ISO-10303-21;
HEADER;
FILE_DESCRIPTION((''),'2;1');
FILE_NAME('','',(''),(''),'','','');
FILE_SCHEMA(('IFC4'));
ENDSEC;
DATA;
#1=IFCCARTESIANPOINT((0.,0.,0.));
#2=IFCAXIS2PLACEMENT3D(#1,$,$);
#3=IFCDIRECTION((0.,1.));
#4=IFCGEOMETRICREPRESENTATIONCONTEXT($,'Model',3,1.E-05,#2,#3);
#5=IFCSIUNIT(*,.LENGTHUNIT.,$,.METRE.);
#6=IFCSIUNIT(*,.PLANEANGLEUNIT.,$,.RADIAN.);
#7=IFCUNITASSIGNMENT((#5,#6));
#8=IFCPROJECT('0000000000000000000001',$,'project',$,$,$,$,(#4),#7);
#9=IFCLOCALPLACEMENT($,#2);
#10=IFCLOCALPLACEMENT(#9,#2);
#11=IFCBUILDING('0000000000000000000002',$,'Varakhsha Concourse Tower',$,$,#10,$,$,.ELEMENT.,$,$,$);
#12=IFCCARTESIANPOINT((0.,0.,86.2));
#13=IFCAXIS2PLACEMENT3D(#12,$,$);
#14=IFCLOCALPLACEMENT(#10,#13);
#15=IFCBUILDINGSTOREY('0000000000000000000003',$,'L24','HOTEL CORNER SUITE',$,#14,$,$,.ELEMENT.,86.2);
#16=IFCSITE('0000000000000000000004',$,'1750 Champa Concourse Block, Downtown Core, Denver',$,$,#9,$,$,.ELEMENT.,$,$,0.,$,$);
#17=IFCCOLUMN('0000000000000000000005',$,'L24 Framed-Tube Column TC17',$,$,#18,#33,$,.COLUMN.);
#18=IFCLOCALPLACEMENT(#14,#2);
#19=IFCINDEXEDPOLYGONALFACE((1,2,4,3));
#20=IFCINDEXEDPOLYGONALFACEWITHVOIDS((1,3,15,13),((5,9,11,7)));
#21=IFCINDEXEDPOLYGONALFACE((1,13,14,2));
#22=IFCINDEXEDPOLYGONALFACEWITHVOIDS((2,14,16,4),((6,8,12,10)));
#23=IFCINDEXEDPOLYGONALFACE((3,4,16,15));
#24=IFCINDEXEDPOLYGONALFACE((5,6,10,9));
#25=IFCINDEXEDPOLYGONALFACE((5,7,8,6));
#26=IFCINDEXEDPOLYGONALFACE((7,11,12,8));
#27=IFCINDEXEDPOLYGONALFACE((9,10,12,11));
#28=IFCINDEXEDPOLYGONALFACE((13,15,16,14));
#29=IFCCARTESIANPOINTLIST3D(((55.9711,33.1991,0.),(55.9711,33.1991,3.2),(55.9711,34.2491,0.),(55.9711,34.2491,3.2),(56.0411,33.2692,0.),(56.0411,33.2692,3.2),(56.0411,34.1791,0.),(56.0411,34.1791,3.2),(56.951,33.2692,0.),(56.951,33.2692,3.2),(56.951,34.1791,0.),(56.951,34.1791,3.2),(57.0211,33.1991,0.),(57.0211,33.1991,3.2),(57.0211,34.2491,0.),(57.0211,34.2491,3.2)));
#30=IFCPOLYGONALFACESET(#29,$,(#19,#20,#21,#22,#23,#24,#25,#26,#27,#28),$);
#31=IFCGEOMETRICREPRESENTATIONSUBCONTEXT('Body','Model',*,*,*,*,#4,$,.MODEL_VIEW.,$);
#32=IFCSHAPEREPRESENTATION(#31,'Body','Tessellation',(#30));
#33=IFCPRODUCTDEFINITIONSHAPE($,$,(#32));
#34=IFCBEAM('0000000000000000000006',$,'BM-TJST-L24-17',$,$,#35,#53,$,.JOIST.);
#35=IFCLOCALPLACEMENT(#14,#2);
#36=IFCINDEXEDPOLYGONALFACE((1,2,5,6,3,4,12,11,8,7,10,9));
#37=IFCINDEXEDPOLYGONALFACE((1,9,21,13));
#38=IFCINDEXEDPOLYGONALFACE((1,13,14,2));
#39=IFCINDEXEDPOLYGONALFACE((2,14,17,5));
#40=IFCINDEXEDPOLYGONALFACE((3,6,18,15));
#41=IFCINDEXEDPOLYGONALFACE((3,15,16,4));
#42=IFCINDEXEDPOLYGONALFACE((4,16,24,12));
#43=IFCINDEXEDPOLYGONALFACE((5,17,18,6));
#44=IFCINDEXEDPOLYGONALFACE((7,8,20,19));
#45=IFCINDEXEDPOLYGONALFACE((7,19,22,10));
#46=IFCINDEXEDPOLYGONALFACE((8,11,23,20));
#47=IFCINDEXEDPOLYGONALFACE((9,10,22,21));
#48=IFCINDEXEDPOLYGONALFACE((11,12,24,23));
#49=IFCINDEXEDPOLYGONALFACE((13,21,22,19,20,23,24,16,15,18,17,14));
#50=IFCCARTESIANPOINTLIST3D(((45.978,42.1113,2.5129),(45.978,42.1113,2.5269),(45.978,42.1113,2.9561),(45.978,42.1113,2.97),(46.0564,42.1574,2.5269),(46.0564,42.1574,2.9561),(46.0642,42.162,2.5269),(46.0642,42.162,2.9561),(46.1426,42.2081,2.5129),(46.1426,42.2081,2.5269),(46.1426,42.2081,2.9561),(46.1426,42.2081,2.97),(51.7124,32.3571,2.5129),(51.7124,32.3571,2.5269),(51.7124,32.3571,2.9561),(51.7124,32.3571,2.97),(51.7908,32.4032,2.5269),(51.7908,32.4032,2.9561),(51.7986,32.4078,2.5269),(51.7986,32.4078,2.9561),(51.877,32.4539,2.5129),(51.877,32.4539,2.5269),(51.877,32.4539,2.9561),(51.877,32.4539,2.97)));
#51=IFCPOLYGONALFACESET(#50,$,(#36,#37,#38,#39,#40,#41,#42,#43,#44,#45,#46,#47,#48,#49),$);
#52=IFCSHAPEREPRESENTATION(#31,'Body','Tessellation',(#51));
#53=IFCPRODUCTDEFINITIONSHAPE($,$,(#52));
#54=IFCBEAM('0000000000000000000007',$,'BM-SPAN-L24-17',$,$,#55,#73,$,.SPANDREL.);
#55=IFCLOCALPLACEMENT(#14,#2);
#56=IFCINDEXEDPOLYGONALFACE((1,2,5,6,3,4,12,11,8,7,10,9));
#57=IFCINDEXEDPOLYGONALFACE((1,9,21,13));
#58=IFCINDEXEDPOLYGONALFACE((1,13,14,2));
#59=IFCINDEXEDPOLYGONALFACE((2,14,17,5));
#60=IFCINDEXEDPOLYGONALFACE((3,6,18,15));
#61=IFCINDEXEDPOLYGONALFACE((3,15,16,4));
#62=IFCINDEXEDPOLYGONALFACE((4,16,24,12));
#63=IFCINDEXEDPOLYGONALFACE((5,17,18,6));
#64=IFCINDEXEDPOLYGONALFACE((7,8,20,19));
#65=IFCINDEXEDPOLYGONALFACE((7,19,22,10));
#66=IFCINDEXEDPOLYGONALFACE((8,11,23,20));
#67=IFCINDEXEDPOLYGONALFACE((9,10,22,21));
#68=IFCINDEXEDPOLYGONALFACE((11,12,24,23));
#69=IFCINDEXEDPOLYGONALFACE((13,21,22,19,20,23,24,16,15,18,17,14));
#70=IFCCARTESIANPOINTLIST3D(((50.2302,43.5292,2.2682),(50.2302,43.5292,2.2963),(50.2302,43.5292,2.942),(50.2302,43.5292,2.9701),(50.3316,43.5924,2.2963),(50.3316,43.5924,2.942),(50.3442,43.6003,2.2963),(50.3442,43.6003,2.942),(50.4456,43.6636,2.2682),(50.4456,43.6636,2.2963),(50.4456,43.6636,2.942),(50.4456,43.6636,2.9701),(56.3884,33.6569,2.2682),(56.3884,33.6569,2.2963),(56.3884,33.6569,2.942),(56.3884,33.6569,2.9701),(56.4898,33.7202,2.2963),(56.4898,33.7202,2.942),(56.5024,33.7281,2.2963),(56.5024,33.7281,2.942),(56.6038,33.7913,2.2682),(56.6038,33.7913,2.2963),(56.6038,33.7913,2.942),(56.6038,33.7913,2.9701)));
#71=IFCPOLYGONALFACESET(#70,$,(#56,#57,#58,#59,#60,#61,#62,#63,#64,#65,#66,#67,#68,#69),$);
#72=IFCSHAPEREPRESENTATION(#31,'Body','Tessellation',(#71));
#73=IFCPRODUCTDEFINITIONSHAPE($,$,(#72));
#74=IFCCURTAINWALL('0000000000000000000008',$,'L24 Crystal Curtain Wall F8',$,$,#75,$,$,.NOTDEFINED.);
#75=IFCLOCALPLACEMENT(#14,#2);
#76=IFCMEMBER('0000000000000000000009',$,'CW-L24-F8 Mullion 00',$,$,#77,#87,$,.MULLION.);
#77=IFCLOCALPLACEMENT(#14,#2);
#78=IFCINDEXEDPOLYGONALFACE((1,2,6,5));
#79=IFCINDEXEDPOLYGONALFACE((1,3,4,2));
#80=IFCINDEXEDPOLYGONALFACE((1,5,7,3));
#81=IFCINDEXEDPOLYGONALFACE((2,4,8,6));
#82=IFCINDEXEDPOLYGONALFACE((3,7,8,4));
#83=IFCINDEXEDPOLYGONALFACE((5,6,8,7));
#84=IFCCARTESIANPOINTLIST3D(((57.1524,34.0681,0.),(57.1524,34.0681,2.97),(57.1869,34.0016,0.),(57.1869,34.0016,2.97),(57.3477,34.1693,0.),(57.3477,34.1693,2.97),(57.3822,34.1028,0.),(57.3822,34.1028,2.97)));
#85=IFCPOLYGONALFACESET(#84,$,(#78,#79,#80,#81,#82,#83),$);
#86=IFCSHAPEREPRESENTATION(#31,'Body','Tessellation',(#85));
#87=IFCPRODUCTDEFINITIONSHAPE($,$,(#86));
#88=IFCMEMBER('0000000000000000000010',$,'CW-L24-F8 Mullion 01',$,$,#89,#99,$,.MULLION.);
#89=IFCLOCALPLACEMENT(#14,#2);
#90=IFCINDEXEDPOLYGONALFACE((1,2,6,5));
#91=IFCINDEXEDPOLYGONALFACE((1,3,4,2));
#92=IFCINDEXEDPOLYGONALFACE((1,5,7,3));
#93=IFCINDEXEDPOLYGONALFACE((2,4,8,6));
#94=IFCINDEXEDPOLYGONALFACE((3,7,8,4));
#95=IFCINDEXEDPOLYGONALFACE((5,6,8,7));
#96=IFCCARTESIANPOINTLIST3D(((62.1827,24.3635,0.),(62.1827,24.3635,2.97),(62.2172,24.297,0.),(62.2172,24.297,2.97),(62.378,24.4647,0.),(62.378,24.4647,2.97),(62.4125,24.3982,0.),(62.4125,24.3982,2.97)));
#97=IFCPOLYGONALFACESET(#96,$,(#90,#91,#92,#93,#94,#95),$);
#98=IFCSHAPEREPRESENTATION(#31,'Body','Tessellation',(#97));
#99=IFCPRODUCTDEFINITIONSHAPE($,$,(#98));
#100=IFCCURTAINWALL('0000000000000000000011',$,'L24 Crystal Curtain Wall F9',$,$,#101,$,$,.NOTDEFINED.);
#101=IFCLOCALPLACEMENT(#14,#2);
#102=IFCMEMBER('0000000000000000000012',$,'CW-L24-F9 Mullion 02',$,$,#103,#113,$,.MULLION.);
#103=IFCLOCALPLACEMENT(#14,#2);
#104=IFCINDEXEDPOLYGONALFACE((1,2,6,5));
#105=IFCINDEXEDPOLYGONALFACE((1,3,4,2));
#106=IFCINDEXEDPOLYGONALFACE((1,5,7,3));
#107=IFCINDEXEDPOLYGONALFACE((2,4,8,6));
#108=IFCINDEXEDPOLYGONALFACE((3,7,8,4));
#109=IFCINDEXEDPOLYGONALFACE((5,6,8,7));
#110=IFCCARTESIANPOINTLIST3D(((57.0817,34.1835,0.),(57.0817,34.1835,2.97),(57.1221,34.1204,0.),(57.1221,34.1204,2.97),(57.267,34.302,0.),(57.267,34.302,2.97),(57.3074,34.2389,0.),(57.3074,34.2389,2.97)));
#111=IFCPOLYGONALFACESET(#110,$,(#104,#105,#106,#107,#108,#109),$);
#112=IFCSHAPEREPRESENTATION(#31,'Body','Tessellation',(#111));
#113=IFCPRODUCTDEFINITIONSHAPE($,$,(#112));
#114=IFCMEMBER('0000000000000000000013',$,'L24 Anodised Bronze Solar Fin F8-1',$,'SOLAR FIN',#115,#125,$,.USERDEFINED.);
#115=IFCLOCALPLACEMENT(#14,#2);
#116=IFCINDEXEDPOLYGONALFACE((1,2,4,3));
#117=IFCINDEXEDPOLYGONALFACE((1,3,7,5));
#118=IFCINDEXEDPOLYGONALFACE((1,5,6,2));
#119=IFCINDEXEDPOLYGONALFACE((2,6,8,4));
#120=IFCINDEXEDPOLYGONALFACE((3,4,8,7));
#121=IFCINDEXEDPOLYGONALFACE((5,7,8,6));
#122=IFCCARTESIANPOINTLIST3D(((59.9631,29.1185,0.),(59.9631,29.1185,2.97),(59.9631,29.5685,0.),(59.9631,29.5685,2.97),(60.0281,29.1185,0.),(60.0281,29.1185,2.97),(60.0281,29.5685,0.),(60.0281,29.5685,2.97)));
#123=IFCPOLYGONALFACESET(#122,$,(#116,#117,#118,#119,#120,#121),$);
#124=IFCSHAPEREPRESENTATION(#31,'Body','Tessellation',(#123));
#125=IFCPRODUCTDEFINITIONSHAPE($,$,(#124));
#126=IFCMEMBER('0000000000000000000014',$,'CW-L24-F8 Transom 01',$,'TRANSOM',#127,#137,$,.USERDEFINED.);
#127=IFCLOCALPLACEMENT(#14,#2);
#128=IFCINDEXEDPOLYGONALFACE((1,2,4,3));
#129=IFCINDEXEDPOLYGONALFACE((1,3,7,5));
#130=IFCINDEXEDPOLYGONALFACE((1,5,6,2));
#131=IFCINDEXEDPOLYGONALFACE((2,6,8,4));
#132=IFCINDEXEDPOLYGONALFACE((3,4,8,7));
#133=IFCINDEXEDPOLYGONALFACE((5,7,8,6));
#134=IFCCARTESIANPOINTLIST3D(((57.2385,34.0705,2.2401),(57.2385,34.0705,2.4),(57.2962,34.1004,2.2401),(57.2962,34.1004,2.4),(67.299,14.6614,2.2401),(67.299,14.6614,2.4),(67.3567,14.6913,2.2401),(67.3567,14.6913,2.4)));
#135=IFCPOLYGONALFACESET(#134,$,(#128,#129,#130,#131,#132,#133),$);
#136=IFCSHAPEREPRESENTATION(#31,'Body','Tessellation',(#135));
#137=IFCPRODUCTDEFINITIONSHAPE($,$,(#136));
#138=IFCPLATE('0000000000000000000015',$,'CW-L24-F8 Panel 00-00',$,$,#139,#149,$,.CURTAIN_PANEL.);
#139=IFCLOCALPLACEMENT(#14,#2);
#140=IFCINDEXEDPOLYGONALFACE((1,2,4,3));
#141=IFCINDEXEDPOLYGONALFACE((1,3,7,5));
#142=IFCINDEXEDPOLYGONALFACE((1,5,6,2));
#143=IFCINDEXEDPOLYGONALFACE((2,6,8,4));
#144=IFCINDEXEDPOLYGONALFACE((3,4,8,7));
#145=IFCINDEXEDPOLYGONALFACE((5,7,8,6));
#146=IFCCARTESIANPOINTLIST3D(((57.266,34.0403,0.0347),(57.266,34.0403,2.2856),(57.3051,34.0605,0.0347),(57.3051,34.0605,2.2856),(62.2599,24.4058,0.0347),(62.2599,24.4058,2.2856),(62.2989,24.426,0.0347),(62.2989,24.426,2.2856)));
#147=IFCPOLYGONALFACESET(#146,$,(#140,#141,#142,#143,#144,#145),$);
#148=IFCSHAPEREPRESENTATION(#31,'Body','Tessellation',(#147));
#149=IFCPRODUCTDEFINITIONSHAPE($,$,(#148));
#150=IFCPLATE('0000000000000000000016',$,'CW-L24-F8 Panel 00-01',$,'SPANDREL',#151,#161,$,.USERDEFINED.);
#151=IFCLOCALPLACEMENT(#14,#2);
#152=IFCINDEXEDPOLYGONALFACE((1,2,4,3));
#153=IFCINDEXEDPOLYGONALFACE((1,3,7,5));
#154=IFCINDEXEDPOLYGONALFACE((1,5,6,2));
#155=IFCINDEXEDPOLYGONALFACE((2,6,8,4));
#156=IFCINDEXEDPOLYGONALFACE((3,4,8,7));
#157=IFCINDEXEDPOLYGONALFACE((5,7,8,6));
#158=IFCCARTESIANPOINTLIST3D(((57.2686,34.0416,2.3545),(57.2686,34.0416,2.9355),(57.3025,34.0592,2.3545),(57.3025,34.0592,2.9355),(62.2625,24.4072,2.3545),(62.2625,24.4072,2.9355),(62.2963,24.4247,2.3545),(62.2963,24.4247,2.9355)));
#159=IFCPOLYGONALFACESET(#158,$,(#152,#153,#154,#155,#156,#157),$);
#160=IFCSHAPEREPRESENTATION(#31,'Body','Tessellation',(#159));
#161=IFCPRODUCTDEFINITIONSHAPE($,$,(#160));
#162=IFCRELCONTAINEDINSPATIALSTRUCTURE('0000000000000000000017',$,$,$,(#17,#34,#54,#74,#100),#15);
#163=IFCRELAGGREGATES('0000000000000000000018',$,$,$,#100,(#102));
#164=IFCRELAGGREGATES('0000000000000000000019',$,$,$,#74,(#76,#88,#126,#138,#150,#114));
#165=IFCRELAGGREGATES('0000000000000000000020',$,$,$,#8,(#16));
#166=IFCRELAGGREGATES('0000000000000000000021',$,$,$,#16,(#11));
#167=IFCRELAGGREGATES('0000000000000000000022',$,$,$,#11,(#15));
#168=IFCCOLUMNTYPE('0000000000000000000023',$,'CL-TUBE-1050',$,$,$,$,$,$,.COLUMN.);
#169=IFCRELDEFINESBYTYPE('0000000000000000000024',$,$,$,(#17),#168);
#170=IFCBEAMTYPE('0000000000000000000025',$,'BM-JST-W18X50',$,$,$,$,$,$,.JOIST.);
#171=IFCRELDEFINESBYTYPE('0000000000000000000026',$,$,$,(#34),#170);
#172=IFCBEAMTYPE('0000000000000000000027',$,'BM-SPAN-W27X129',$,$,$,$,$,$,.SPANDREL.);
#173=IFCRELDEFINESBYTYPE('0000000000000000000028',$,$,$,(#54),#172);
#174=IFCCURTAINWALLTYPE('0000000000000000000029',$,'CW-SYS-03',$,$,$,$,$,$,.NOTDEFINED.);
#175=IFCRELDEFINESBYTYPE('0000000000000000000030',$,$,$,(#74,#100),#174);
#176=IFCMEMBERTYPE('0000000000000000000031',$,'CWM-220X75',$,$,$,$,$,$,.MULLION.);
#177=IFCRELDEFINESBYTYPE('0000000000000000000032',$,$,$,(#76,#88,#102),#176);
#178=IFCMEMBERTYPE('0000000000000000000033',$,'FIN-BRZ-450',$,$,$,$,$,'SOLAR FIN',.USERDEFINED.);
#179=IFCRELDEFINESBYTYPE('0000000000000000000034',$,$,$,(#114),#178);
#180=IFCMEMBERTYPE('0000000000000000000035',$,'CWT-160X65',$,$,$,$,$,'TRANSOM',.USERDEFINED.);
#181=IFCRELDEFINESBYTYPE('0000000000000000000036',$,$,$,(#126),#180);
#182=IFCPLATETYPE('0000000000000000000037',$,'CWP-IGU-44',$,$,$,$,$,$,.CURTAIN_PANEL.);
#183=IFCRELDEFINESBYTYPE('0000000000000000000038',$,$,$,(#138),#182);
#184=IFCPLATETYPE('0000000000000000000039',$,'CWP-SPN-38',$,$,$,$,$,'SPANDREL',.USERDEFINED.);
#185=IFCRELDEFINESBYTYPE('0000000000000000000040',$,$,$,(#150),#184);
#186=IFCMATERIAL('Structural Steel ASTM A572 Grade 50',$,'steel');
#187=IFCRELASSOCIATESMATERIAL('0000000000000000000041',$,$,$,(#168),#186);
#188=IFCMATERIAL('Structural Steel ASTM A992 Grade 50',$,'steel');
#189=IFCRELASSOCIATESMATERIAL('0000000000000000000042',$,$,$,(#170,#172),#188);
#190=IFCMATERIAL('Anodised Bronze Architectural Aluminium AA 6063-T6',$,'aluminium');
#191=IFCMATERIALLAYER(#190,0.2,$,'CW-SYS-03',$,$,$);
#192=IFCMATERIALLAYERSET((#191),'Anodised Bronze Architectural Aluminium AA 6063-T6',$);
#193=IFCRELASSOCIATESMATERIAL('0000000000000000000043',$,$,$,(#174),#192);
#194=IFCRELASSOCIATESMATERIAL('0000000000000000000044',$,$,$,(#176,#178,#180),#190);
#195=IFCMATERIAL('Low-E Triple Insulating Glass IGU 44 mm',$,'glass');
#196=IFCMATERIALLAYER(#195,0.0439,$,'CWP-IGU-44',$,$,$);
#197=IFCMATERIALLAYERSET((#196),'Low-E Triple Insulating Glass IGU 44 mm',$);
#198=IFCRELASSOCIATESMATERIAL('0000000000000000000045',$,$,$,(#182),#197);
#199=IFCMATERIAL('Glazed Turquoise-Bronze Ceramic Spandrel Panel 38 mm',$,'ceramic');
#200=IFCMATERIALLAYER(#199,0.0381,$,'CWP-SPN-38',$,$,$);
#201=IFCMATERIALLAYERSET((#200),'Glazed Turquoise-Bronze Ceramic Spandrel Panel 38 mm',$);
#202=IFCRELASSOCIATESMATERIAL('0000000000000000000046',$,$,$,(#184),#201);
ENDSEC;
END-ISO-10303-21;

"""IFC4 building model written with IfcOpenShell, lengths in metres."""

from ifc_helpers import new_model, si_unit, direction, frame, origin, origin_2d, place, context, subcontext, project, spatial, rectangle, hollow_rectangle, i_section, extrude, source, transform, mapped, material, layer, layer_set, material_profile, profile_set, type_object, type_shapes, element, aggregate, save


model = new_model("IFC4")

# Units and contexts
model_context = context("Model", 3, precision=1e-05, world=origin(), true_north=direction((0.0, 1.0)))
body_context = subcontext(model_context, "Body", "Model", "MODEL_VIEW")
ifc_project = project(units=[si_unit("LENGTHUNIT", "METRE"), si_unit("PLANEANGLEUNIT", "RADIAN")], contexts=[model_context])

# Site, building, storey
site_placement = place(None, origin())
site = spatial("IfcSite", under=ifc_project, at=site_placement, Name="1750 Champa Concourse Block, Downtown Core, Denver", CompositionType="ELEMENT", RefElevation=0.0)
building_placement = place(site_placement, origin())
building = spatial("IfcBuilding", under=site, at=building_placement, Name="Varakhsha Concourse Tower", CompositionType="ELEMENT")
storey_placement = place(building_placement, frame((0.0, 0.0, 86.2)))
storey = spatial("IfcBuildingStorey", under=building, at=storey_placement, Name="L24", Description="HOTEL CORNER SUITE", CompositionType="ELEMENT", Elevation=86.2)

# Column
ifc_material_1 = material(Name="Structural Steel ASTM A572 Grade 50", Category="steel")
ifc_material_profile_1 = material_profile(ifc_material_1, hollow_rectangle(XDim=1.05, YDim=1.05, WallThickness=0.0701, at=origin_2d()), Name="BOX 1050x1050x70")
ifc_profile_set_1 = profile_set([ifc_material_profile_1], Name="Structural Steel ASTM A572 Grade 50")
column_type = type_object("IfcColumnType", Name="CL-TUBE-1050", PredefinedType="COLUMN", material=ifc_profile_set_1)
column_placement = place(storey_placement, frame((56.4961, 33.7241, 0.0), z_axis=(0.0, 0.0, 1.0), x_axis=(1.0, 0.0, 0.0)))
element("IfcColumn", 1, at=column_placement, inside=storey, type_object=column_type, Name="L24 Framed-Tube Column TC17", PredefinedType="COLUMN", context=body_context, shape_type="SweptSolid", body=[
    extrude(hollow_rectangle(XDim=1.05, YDim=1.05, WallThickness=0.0701, at=origin_2d()), origin(), (0.0, 0.0, 1.0), 3.2),
])

# Beams
ifc_material_2 = material(Name="Structural Steel ASTM A992 Grade 50", Category="steel")
ifc_material_profile_2 = material_profile(ifc_material_2, i_section(OverallWidth=0.1909, OverallDepth=0.457, WebThickness=0.009, FlangeThickness=0.0139, at=origin_2d()), Name="W18X50")
ifc_profile_set_2 = profile_set([ifc_material_profile_2], Name="Structural Steel ASTM A992 Grade 50")
beam_type_1 = type_object("IfcBeamType", Name="BM-JST-W18X50", PredefinedType="JOIST", material=ifc_profile_set_2)
beam_1_placement = place(storey_placement, frame((51.7947, 32.4055, 2.7415), z_axis=(-0.506799, 0.862064, 0.0), x_axis=(-0.862064, -0.506799, 0.0)))
element("IfcBeam", 2, at=beam_1_placement, inside=storey, type_object=beam_type_1, Name="BM-TJST-L24-17", PredefinedType="JOIST", context=body_context, shape_type="SweptSolid", body=[
    extrude(i_section(OverallWidth=0.1909, OverallDepth=0.457, WebThickness=0.009, FlangeThickness=0.0139, at=origin_2d()), origin(), (0.0, 0.0, 1.0), 11.3149),
])
ifc_material_profile_3 = material_profile(ifc_material_2, i_section(OverallWidth=0.2539, OverallDepth=0.7019, WebThickness=0.0149, FlangeThickness=0.0281, at=origin_2d()), Name="W27X129")
ifc_profile_set_3 = profile_set([ifc_material_profile_3], Name="Structural Steel ASTM A992 Grade 50")
beam_type_2 = type_object("IfcBeamType", Name="BM-SPAN-W27X129", PredefinedType="SPANDREL", material=ifc_profile_set_3)
beam_2_placement = place(storey_placement, frame((56.4961, 33.7241, 2.6191), z_axis=(-0.529258, 0.848461, 0.0), x_axis=(-0.848461, -0.529258, 0.0)))
element("IfcBeam", 3, at=beam_2_placement, inside=storey, type_object=beam_type_2, Name="BM-SPAN-L24-17", PredefinedType="SPANDREL", context=body_context, shape_type="SweptSolid", body=[
    extrude(i_section(OverallWidth=0.2539, OverallDepth=0.7019, WebThickness=0.0149, FlangeThickness=0.0281, at=origin_2d()), origin(), (0.0, 0.0, 1.0), 11.6355),
])

# Curtain wall, members
ifc_material_3 = material(Name="Anodised Bronze Architectural Aluminium AA 6063-T6", Category="aluminium")
ifc_layer_1 = layer(ifc_material_3, 0.2, Name="CW-SYS-03")
ifc_layer_set_1 = layer_set([ifc_layer_1], Name="Anodised Bronze Architectural Aluminium AA 6063-T6")
curtain_wall_type = type_object("IfcCurtainWallType", Name="CW-SYS-03", PredefinedType="NOTDEFINED", material=ifc_layer_set_1)
curtain_wall_1_placement = place(storey_placement, origin())
curtain_wall_1 = element("IfcCurtainWall", 4, at=curtain_wall_1_placement, inside=storey, type_object=curtain_wall_type, Name="L24 Crystal Curtain Wall F8", PredefinedType="NOTDEFINED")
ifc_material_profile_4 = material_profile(ifc_material_3, rectangle(XDim=0.075, YDim=0.22, at=origin_2d()), Name="CWM-220X75")
ifc_profile_set_4 = profile_set([ifc_material_profile_4], Name="Anodised Bronze Architectural Aluminium AA 6063-T6")
member_type_1 = type_object("IfcMemberType", Name="CWM-220X75", PredefinedType="MULLION", material=ifc_profile_set_4)
shared_shape_1 = source(origin(), body_context, "Body", "SweptSolid", [
    extrude(rectangle(XDim=0.075, YDim=0.22, at=origin_2d()), origin(), (0.0, 0.0, 1.0), 2.97),
])
type_shapes(member_type_1, [shared_shape_1])
member_1_placement = place(storey_placement, frame((57.2673, 34.0854, 0.0), z_axis=(0.0, 0.0, 1.0), x_axis=(0.460186, -0.887823, 0.0)))
member_1 = element("IfcMember", 5, at=member_1_placement, type_object=member_type_1, Name="CW-L24-F8 Mullion 00", PredefinedType="MULLION", context=body_context, shape_type="MappedRepresentation", body=[
    mapped(shared_shape_1, transform((0.0, 0.0, 0.0), scale=1.0)),
])
member_2_placement = place(storey_placement, frame((62.2976, 24.3809, 0.0), z_axis=(0.0, 0.0, 1.0), x_axis=(0.460186, -0.887823, 0.0)))
member_2 = element("IfcMember", 6, at=member_2_placement, type_object=member_type_1, Name="CW-L24-F8 Mullion 01", PredefinedType="MULLION", context=body_context, shape_type="MappedRepresentation", body=[
    mapped(shared_shape_1, transform((0.0, 0.0, 0.0), scale=1.0)),
])

# Curtain wall, member
curtain_wall_2_placement = place(storey_placement, origin())
curtain_wall_2 = element("IfcCurtainWall", 7, at=curtain_wall_2_placement, inside=storey, type_object=curtain_wall_type, Name="L24 Crystal Curtain Wall F9", PredefinedType="NOTDEFINED")
member_3_placement = place(storey_placement, frame((57.1946, 34.2112, 0.0), z_axis=(0.0, 0.0, 1.0), x_axis=(0.538787, -0.842442, 0.0)))
member_3 = element("IfcMember", 8, at=member_3_placement, type_object=member_type_1, Name="CW-L24-F9 Mullion 02", PredefinedType="MULLION", context=body_context, shape_type="MappedRepresentation", body=[
    mapped(shared_shape_1, transform((0.0, 0.0, 0.0), scale=1.0)),
])
aggregate(curtain_wall_2, [member_3])

# Members
ifc_material_profile_5 = material_profile(ifc_material_3, rectangle(XDim=0.0649, YDim=0.45, at=origin_2d()), Name="FIN-BRZ-450")
ifc_profile_set_5 = profile_set([ifc_material_profile_5], Name="Anodised Bronze Architectural Aluminium AA 6063-T6")
member_type_2 = type_object("IfcMemberType", Name="FIN-BRZ-450", ElementType="SOLAR FIN", PredefinedType="USERDEFINED", material=ifc_profile_set_5)
shared_shape_2 = source(origin(), body_context, "Body", "SweptSolid", [
    extrude(rectangle(XDim=0.0649, YDim=0.45, at=origin_2d()), origin(), (0.0, 0.0, 1.0), 2.97),
])
type_shapes(member_type_2, [shared_shape_2])
member_4_placement = place(storey_placement, frame((59.9956, 29.3435, 0.0), z_axis=(0.0, 0.0, 1.0), x_axis=(1.0, 0.0, 0.0)))
member_4 = element("IfcMember", 9, at=member_4_placement, type_object=member_type_2, Name="L24 Anodised Bronze Solar Fin F8-1", ObjectType="SOLAR FIN", PredefinedType="USERDEFINED", context=body_context, shape_type="MappedRepresentation", body=[
    mapped(shared_shape_2, transform((0.0, 0.0, 0.0), scale=1.0)),
])
ifc_material_profile_6 = material_profile(ifc_material_3, rectangle(XDim=0.0649, YDim=0.1599, at=origin_2d()), Name="CWT-160X65")
ifc_profile_set_6 = profile_set([ifc_material_profile_6], Name="Anodised Bronze Architectural Aluminium AA 6063-T6")
member_type_3 = type_object("IfcMemberType", Name="CWT-160X65", ElementType="TRANSOM", PredefinedType="USERDEFINED", material=ifc_profile_set_6)
shared_shape_3 = source(origin(), body_context, "Body", "SweptSolid", [
    extrude(rectangle(XDim=0.0649, YDim=0.1599, at=origin_2d()), origin(), (0.0, 0.0, 1.0), 21.8616),
])
type_shapes(member_type_3, [shared_shape_3])
member_5_placement = place(storey_placement, frame((57.2673, 34.0854, 2.3201), z_axis=(0.460192, -0.887819, 0.0), x_axis=(0.887819, 0.460192, 0.0)))
member_5 = element("IfcMember", 10, at=member_5_placement, type_object=member_type_3, Name="CW-L24-F8 Transom 01", ObjectType="TRANSOM", PredefinedType="USERDEFINED", context=body_context, shape_type="MappedRepresentation", body=[
    mapped(shared_shape_3, transform((0.0, 0.0, 0.0), scale=1.0)),
])

# Plates
ifc_material_4 = material(Name="Low-E Triple Insulating Glass IGU 44 mm", Category="glass")
ifc_layer_2 = layer(ifc_material_4, 0.0439, Name="CWP-IGU-44")
ifc_layer_set_2 = layer_set([ifc_layer_2], Name="Low-E Triple Insulating Glass IGU 44 mm")
plate_type_1 = type_object("IfcPlateType", Name="CWP-IGU-44", PredefinedType="CURTAIN_PANEL", material=ifc_layer_set_2)
shared_shape_4 = source(origin(), body_context, "Body", "SweptSolid", [
    extrude(rectangle(XDim=10.8518, YDim=0.0439, at=origin_2d()), origin(), (0.0, 0.0, 1.0), 2.251),
])
type_shapes(plate_type_1, [shared_shape_4])
plate_1_placement = place(storey_placement, frame((59.7825, 29.2332, 0.0347), z_axis=(0.0, 0.0, 1.0), x_axis=(0.460186, -0.887823, 0.0)))
plate_1 = element("IfcPlate", 11, at=plate_1_placement, type_object=plate_type_1, Name="CW-L24-F8 Panel 00-00", PredefinedType="CURTAIN_PANEL", context=body_context, shape_type="MappedRepresentation", body=[
    mapped(shared_shape_4, transform((0.0, 0.0, 0.0), scale=1.0)),
])
ifc_material_5 = material(Name="Glazed Turquoise-Bronze Ceramic Spandrel Panel 38 mm", Category="ceramic")
ifc_layer_3 = layer(ifc_material_5, 0.0381, Name="CWP-SPN-38")
ifc_layer_set_3 = layer_set([ifc_layer_3], Name="Glazed Turquoise-Bronze Ceramic Spandrel Panel 38 mm")
plate_type_2 = type_object("IfcPlateType", Name="CWP-SPN-38", ElementType="SPANDREL", PredefinedType="USERDEFINED", material=ifc_layer_set_3)
shared_shape_5 = source(origin(), body_context, "Body", "SweptSolid", [
    extrude(rectangle(XDim=10.8518, YDim=0.0381, at=origin_2d()), origin(), (0.0, 0.0, 1.0), 0.5811),
])
type_shapes(plate_type_2, [shared_shape_5])
plate_2_placement = place(storey_placement, frame((59.7825, 29.2332, 2.3545), z_axis=(0.0, 0.0, 1.0), x_axis=(0.460186, -0.887823, 0.0)))
plate_2 = element("IfcPlate", 12, at=plate_2_placement, type_object=plate_type_2, Name="CW-L24-F8 Panel 00-01", ObjectType="SPANDREL", PredefinedType="USERDEFINED", context=body_context, shape_type="MappedRepresentation", body=[
    mapped(shared_shape_5, transform((0.0, 0.0, 0.0), scale=1.0)),
])
aggregate(curtain_wall_1, [member_1, member_2, member_5, plate_1, plate_2, member_4])

save(model, "model.ifc")
